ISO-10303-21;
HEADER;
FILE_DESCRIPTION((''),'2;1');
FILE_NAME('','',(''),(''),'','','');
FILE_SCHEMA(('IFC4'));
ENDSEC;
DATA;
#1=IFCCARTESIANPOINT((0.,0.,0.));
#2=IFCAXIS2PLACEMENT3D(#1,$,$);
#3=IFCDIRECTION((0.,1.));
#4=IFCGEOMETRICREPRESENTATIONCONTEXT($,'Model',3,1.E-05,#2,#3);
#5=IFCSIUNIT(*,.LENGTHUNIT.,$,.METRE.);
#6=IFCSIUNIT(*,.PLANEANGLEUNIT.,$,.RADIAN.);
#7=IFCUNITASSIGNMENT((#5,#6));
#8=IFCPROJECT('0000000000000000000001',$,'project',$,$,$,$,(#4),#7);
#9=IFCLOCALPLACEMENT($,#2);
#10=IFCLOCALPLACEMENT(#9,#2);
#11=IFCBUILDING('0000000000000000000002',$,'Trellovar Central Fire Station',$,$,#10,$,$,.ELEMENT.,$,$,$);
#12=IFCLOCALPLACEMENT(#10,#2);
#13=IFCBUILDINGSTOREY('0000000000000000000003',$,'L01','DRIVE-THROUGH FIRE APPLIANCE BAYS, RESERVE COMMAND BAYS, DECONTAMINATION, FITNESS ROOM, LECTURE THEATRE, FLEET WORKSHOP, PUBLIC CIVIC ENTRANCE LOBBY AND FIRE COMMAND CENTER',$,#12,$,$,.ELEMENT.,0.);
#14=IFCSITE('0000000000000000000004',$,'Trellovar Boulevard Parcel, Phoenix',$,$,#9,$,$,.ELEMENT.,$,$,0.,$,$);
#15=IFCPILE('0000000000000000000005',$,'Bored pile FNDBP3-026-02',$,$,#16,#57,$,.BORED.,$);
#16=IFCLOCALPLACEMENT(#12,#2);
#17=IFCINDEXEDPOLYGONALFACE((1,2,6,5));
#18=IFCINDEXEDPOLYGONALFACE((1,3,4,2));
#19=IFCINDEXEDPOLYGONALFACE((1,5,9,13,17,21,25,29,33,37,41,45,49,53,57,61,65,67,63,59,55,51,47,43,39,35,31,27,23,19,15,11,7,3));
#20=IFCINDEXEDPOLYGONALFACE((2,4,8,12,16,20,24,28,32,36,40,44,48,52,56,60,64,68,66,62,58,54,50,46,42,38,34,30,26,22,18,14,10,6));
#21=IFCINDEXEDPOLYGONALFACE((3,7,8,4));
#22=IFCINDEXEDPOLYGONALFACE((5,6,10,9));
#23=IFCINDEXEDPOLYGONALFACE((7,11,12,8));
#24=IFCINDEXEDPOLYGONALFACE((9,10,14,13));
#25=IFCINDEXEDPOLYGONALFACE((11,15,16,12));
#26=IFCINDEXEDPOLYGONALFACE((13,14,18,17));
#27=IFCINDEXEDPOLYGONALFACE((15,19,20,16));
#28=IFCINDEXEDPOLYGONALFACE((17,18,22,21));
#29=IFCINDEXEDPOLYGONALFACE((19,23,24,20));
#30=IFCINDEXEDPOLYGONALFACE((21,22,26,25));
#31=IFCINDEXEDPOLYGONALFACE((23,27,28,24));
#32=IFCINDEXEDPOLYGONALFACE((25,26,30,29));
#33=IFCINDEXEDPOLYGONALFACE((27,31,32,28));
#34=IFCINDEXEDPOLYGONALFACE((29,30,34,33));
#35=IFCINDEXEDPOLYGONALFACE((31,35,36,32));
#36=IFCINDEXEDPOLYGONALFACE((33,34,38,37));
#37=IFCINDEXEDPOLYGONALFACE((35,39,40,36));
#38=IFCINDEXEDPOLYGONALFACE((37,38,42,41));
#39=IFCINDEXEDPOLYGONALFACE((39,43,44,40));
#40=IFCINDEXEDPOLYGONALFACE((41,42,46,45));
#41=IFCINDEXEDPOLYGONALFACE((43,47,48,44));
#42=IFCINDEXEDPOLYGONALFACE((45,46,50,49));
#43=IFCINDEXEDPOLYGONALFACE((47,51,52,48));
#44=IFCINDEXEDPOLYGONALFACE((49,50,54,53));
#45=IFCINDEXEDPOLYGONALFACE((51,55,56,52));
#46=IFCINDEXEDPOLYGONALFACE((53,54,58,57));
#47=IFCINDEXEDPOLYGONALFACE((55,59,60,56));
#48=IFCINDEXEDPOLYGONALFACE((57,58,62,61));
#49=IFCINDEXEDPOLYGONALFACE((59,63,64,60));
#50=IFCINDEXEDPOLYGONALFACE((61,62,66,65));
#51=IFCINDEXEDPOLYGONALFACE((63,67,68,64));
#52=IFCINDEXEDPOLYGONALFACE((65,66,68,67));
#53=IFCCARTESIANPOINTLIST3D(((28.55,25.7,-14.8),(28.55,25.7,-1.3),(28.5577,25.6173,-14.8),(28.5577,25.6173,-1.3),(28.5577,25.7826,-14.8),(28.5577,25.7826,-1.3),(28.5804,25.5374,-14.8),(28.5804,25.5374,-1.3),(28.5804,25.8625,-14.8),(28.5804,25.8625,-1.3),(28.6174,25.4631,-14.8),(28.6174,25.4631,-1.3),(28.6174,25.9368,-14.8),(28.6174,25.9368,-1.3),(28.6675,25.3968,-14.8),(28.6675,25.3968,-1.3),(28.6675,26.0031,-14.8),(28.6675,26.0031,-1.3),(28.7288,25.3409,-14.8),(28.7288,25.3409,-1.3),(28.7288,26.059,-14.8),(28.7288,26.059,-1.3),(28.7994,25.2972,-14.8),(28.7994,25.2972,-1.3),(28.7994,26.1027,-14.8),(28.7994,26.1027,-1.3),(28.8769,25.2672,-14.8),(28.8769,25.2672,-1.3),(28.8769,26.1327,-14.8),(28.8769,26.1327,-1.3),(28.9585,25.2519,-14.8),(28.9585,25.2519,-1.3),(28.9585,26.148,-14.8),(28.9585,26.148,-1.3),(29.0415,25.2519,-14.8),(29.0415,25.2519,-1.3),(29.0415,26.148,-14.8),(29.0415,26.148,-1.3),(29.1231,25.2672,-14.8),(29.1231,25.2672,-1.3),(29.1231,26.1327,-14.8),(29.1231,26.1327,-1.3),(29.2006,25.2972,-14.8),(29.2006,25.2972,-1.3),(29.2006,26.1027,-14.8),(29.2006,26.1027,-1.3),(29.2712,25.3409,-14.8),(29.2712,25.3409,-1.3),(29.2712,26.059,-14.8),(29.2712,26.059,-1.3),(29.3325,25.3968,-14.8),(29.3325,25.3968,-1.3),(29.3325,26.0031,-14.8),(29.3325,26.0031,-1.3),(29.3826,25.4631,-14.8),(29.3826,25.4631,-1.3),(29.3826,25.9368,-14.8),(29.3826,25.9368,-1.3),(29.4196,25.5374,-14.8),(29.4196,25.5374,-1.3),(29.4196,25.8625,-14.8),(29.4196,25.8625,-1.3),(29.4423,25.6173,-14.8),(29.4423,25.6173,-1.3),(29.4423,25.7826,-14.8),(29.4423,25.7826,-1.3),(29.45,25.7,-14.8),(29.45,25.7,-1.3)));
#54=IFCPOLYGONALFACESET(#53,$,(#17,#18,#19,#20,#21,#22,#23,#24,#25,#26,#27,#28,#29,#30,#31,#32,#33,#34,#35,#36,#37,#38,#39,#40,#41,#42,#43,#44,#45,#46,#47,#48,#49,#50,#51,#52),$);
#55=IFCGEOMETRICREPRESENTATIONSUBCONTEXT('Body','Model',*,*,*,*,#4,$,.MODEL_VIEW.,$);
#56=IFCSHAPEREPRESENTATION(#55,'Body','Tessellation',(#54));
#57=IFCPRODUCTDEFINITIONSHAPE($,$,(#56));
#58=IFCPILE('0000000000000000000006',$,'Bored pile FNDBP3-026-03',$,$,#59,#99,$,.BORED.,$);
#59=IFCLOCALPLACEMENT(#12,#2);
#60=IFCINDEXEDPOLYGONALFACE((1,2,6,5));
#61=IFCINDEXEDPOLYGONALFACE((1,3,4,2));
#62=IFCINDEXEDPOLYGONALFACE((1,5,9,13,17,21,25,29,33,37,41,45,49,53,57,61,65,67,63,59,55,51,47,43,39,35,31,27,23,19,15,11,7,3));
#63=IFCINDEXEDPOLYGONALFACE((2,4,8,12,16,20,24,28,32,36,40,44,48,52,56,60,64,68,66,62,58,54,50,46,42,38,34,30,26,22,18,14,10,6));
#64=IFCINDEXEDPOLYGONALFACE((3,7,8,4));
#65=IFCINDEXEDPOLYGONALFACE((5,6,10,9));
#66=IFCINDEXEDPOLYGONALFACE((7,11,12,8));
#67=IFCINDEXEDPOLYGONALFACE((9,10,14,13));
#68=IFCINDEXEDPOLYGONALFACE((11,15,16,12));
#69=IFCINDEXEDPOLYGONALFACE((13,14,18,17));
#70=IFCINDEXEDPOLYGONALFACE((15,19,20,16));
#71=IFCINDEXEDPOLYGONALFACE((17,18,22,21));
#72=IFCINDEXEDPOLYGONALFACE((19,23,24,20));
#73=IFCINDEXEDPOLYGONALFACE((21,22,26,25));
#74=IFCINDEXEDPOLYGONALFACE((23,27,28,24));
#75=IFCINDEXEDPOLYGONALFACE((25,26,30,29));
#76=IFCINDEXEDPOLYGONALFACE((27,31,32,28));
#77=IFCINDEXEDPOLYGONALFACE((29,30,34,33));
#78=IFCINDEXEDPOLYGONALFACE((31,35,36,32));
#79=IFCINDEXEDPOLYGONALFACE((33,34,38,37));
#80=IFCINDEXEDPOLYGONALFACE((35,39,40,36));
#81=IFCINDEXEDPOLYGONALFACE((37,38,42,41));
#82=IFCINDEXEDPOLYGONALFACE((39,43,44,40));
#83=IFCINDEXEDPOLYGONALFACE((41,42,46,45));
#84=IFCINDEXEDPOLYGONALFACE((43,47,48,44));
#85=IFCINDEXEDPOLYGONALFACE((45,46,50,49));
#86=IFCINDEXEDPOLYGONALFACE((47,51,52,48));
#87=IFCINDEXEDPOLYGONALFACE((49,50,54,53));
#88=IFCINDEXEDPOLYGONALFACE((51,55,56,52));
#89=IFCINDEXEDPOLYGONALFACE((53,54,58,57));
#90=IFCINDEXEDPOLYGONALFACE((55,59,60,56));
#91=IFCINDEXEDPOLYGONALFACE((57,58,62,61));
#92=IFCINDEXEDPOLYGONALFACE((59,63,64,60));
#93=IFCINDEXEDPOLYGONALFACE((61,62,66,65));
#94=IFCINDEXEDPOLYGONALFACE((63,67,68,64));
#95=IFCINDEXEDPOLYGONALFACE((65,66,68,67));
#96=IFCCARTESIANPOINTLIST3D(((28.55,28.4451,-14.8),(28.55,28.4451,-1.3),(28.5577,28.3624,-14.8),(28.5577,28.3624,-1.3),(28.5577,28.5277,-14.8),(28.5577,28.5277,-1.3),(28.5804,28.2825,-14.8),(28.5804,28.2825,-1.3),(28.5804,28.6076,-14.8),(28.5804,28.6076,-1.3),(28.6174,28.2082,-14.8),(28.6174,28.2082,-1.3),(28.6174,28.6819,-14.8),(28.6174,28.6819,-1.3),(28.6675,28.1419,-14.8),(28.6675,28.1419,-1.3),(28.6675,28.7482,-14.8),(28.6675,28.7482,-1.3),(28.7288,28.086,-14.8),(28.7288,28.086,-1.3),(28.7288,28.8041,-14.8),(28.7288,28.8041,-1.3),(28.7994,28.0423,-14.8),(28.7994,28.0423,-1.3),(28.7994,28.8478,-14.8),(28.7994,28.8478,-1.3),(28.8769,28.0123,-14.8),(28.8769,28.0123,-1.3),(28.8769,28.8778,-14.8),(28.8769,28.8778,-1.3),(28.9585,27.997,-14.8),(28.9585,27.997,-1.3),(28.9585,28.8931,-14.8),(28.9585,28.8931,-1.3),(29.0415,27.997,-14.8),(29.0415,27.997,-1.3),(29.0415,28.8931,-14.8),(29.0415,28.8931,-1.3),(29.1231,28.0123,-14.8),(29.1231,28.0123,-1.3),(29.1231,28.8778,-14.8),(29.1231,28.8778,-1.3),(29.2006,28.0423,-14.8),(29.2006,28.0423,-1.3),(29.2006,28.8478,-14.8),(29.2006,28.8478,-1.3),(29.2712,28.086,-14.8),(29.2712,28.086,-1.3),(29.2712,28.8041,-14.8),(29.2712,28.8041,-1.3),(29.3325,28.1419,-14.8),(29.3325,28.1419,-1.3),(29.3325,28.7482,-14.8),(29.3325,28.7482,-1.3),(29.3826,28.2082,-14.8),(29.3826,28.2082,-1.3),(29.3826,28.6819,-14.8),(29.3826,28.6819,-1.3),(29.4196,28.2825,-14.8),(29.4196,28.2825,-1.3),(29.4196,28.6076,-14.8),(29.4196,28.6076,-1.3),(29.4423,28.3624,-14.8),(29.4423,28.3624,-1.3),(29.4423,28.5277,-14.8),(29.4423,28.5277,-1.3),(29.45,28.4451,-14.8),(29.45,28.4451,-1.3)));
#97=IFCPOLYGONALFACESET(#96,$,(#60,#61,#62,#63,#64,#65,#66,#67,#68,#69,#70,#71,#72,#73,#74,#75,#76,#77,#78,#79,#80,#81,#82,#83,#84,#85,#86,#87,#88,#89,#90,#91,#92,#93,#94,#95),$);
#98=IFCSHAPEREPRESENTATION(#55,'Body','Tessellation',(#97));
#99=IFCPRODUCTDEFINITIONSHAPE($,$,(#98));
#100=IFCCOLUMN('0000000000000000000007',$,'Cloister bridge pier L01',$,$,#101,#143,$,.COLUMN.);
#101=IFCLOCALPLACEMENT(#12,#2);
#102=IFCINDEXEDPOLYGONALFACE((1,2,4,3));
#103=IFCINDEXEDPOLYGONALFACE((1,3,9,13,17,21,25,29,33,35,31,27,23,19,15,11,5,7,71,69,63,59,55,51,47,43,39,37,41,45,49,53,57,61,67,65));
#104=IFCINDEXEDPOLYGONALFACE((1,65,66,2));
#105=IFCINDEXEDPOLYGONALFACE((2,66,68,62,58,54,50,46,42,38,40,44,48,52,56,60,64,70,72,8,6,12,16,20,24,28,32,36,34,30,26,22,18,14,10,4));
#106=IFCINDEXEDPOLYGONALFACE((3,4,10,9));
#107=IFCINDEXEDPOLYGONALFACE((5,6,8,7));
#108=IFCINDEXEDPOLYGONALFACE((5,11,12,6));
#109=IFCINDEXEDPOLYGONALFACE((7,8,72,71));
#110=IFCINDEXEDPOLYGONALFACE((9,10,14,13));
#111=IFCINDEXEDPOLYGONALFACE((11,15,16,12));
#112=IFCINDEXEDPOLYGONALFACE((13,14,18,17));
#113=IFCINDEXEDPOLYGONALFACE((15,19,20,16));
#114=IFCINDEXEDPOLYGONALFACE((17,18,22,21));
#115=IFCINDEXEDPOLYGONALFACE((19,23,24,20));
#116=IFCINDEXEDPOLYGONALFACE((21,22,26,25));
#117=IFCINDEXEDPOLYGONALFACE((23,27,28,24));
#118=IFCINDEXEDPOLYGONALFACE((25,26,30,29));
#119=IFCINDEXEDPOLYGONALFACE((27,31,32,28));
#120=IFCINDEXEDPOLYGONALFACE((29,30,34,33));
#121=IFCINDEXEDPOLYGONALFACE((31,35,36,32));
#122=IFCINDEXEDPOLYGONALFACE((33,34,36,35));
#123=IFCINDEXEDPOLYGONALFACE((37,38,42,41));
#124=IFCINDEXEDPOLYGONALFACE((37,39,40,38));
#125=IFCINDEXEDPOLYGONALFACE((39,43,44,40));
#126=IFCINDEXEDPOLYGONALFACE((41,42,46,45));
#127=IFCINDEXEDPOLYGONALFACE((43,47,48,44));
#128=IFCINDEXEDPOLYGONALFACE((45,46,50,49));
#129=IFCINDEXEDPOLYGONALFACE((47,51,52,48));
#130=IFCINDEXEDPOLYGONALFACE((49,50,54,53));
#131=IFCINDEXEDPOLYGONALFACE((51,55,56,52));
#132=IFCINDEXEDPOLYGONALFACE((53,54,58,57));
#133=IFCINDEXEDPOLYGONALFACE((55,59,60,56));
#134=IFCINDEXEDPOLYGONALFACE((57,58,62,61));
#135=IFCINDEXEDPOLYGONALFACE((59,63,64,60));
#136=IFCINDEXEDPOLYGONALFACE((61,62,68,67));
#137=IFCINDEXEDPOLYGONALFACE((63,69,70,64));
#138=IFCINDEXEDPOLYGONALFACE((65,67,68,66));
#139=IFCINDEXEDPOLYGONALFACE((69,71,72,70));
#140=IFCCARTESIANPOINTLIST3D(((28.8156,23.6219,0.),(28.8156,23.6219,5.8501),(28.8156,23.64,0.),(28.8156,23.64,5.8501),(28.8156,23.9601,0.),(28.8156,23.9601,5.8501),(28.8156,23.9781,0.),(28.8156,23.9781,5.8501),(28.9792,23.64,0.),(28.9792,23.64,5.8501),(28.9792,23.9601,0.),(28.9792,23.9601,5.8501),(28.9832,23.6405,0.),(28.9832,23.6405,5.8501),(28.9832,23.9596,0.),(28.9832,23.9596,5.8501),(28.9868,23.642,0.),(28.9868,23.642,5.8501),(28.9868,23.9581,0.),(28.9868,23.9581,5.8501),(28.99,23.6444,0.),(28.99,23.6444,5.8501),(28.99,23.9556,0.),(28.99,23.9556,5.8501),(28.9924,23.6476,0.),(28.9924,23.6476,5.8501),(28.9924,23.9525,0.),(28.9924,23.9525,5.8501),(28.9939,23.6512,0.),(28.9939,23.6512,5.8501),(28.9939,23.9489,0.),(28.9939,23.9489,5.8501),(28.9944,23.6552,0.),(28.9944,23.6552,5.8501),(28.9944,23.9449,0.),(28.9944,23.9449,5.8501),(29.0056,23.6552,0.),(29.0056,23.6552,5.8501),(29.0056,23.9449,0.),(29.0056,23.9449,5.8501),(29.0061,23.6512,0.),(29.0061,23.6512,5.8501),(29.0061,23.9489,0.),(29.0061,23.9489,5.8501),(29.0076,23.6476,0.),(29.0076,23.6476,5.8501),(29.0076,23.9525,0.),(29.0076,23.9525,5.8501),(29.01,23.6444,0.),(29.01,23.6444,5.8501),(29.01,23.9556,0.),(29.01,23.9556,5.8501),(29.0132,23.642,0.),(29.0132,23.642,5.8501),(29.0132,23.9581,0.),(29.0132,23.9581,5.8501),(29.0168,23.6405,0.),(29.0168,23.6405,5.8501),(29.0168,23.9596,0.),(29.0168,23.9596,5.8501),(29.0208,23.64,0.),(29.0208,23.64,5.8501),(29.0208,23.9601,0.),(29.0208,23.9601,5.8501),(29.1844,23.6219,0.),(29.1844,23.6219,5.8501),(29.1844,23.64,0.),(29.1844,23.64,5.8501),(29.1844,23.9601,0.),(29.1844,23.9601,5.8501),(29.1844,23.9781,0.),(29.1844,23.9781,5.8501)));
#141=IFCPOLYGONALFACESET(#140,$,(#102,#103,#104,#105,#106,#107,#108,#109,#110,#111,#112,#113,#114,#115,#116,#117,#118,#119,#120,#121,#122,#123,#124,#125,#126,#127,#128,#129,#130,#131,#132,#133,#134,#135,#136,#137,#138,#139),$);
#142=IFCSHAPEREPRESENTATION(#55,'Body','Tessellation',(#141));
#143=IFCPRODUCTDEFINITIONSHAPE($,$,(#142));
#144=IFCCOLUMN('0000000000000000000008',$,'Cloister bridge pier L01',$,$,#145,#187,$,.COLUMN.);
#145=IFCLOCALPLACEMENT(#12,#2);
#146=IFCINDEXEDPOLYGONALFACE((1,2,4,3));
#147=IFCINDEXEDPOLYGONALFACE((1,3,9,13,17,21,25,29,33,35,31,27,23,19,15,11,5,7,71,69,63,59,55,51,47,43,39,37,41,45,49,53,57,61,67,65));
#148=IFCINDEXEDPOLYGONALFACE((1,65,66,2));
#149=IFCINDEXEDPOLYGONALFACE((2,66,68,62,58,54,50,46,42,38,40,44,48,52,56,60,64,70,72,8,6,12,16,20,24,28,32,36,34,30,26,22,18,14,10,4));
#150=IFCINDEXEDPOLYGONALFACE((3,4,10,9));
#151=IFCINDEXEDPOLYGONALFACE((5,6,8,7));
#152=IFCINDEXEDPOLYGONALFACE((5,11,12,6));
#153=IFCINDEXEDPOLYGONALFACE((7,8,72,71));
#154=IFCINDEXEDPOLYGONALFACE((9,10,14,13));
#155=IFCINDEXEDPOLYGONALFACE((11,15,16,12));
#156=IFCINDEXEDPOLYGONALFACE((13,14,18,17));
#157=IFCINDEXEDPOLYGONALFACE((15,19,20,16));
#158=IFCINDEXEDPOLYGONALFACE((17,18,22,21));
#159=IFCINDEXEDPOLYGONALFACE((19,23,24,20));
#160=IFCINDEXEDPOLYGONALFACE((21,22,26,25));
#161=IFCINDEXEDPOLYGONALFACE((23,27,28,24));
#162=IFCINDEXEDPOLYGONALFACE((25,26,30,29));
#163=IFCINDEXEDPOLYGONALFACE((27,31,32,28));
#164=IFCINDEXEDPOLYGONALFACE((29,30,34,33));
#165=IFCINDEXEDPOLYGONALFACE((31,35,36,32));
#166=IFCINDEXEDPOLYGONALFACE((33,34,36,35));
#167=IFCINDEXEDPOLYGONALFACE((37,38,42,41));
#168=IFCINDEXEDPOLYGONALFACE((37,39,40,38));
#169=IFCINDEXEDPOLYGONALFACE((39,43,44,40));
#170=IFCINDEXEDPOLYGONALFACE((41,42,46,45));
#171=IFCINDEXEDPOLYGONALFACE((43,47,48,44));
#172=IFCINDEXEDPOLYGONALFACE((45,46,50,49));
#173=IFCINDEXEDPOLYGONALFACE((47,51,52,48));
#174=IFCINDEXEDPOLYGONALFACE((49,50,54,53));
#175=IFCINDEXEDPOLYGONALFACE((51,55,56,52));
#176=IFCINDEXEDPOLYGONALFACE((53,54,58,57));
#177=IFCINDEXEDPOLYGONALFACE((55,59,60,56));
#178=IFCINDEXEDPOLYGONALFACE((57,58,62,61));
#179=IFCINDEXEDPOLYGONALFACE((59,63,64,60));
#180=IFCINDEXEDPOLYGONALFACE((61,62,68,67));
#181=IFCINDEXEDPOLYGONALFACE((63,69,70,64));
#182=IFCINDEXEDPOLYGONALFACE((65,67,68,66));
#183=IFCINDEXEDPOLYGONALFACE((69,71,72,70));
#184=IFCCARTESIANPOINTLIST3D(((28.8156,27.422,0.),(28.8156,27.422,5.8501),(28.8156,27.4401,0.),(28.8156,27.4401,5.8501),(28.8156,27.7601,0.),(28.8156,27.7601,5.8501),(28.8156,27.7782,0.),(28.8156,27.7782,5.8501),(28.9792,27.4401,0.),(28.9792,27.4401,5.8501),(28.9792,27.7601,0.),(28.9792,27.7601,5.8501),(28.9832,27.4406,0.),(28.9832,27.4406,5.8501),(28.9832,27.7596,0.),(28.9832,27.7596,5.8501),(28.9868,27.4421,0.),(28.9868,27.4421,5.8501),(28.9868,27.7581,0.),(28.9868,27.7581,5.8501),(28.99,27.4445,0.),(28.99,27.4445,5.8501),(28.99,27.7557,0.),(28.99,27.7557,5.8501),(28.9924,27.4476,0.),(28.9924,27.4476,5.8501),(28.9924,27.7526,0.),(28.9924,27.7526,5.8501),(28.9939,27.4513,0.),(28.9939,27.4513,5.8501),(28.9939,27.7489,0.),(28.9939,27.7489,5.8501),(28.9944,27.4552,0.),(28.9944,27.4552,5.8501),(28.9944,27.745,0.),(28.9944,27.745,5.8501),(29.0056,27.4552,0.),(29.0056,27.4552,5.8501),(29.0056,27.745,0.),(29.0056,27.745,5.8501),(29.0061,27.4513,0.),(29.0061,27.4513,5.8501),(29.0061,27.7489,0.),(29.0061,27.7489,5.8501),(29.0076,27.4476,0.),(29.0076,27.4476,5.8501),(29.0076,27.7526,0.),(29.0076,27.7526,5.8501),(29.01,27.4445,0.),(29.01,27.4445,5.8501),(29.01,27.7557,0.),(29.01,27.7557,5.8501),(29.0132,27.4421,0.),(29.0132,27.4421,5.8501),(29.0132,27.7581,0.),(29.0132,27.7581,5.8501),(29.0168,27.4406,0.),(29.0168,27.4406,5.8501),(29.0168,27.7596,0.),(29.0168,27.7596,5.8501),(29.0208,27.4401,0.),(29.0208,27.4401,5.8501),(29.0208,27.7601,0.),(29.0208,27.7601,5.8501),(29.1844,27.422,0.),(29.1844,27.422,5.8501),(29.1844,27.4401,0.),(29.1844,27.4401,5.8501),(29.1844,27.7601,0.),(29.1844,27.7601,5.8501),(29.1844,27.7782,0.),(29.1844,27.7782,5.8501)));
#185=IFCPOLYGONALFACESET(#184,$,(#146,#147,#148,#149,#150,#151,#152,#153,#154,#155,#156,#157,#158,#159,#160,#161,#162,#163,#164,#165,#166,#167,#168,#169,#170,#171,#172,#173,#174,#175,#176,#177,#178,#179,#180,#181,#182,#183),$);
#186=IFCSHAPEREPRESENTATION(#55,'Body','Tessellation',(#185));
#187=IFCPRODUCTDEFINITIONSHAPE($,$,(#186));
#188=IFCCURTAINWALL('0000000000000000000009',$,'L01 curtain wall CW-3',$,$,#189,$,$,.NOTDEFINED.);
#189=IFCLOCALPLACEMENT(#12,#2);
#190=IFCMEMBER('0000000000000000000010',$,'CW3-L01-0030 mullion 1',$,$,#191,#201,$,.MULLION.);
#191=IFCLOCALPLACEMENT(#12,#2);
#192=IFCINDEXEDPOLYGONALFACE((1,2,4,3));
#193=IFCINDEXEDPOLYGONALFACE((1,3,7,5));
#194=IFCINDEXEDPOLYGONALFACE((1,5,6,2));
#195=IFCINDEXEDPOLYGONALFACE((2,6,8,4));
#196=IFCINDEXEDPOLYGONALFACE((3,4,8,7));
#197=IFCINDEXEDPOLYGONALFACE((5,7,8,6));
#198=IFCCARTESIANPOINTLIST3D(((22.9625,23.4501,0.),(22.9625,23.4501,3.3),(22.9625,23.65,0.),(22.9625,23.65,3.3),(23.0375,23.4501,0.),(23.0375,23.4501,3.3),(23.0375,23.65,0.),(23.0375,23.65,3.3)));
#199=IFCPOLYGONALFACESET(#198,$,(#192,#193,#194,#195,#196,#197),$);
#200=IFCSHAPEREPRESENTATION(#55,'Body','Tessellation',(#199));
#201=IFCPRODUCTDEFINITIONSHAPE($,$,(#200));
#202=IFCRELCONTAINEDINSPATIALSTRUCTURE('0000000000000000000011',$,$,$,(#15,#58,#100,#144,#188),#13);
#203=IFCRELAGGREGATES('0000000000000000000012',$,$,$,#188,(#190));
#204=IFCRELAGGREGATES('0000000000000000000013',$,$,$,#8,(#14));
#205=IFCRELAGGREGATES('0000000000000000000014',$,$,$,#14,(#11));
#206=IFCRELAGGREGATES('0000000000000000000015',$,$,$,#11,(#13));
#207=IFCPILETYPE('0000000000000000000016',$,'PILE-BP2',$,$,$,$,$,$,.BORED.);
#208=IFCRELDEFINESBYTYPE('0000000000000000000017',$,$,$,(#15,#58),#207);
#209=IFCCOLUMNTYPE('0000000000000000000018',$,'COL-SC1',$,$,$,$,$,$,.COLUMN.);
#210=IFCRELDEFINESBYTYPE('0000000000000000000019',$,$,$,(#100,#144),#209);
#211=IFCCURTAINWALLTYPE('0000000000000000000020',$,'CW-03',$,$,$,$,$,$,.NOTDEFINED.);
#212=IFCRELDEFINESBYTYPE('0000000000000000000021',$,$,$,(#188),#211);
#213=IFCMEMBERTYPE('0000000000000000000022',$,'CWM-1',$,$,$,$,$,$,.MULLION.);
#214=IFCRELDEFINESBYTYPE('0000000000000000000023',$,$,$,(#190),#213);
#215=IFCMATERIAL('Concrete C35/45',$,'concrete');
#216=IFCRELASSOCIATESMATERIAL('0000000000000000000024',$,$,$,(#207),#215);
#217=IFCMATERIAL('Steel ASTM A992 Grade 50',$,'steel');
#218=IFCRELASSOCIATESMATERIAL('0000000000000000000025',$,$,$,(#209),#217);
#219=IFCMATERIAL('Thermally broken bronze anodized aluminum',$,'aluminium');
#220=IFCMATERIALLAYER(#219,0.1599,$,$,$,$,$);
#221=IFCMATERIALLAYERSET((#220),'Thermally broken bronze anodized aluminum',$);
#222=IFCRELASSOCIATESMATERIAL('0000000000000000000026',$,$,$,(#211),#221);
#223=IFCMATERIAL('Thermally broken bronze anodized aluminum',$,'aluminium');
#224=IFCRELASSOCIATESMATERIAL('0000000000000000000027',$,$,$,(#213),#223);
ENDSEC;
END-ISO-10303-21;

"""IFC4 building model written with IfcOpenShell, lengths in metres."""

from ifc_helpers import new_model, si_unit, direction, frame, origin, origin_2d, place, context, subcontext, project, spatial, rectangle, circle, i_section, extrude, material, layer, layer_set, material_profile, profile_set, type_object, element, aggregate, save


model = new_model("IFC4")

# Units and contexts
model_context = context("Model", 3, precision=1e-05, world=origin(), true_north=direction((0.0, 1.0)))
body_context = subcontext(model_context, "Body", "Model", "MODEL_VIEW")
ifc_project = project(units=[si_unit("LENGTHUNIT", "METRE"), si_unit("PLANEANGLEUNIT", "RADIAN")], contexts=[model_context])

# Site, building, storey
site_placement = place(None, origin())
site = spatial("IfcSite", under=ifc_project, at=site_placement, Name="Trellovar Boulevard Parcel, Phoenix", CompositionType="ELEMENT", RefElevation=0.0)
building_placement = place(site_placement, origin())
building = spatial("IfcBuilding", under=site, at=building_placement, Name="Trellovar Central Fire Station", CompositionType="ELEMENT")
storey_placement = place(building_placement, origin())
storey = spatial("IfcBuildingStorey", under=building, at=storey_placement, Name="L01", Description="DRIVE-THROUGH FIRE APPLIANCE BAYS, RESERVE COMMAND BAYS, DECONTAMINATION, FITNESS ROOM, LECTURE THEATRE, FLEET WORKSHOP, PUBLIC CIVIC ENTRANCE LOBBY AND FIRE COMMAND CENTER", CompositionType="ELEMENT", Elevation=0.0)

# Piles
ifc_material_1 = material(Name="Concrete C35/45", Category="concrete")
ifc_material_profile_1 = material_profile(ifc_material_1, circle(Radius=0.45, at=origin_2d()), Name="PILE900")
ifc_profile_set_1 = profile_set([ifc_material_profile_1], Name="Concrete C35/45")
pile_type = type_object("IfcPileType", Name="PILE-BP2", PredefinedType="BORED", material=ifc_profile_set_1)
for number, where, z_axis, x_axis, name in (
    (1, (29.0, 25.7, -1.3), (0.0, 0.0, -1.0), (1.0, 0.0, 0.0), "Bored pile FNDBP3-026-02"),
    (2, (29.0, 28.4451, -1.3), (0.0, 0.0, -1.0), (1.0, 0.0, 0.0), "Bored pile FNDBP3-026-03"),
):
    element("IfcPile", number, at=place(storey_placement, frame(where, z_axis=z_axis, x_axis=x_axis)), inside=storey, type_object=pile_type, Name=name, PredefinedType="BORED", context=body_context, shape_type="SweptSolid", body=[
        extrude(circle(Radius=0.45, at=origin_2d()), origin(), (0.0, 0.0, 1.0), 13.5),
    ])

# Columns
ifc_material_2 = material(Name="Steel ASTM A992 Grade 50", Category="steel")
ifc_material_profile_2 = material_profile(ifc_material_2, i_section(OverallWidth=0.3689, OverallDepth=0.3562, WebThickness=0.0112, FlangeThickness=0.0181, FilletRadius=0.0151, at=origin_2d()), Name="W14X90")
ifc_profile_set_2 = profile_set([ifc_material_profile_2], Name="Steel ASTM A992 Grade 50")
column_type = type_object("IfcColumnType", Name="COL-SC1", PredefinedType="COLUMN", material=ifc_profile_set_2)
for number, where, z_axis, x_axis, name in (
    (3, (29.0, 23.8, 0.0), (0.0, 0.0, 1.0), (1.0, 0.0, 0.0), "Cloister bridge pier L01"),
    (4, (29.0, 27.6001, 0.0), (0.0, 0.0, 1.0), (1.0, 0.0, 0.0), "Cloister bridge pier L01"),
):
    element("IfcColumn", number, at=place(storey_placement, frame(where, z_axis=z_axis, x_axis=x_axis)), inside=storey, type_object=column_type, Name=name, PredefinedType="COLUMN", context=body_context, shape_type="SweptSolid", body=[
        extrude(i_section(OverallWidth=0.3689, OverallDepth=0.3562, WebThickness=0.0112, FlangeThickness=0.0181, FilletRadius=0.0151, at=origin_2d()), origin(), (0.0, 0.0, 1.0), 5.8501),
    ])

# Curtain wall, member
ifc_material_3 = material(Name="Thermally broken bronze anodized aluminum", Category="aluminium")
ifc_layer_1 = layer(ifc_material_3, 0.1599)
ifc_layer_set_1 = layer_set([ifc_layer_1], Name="Thermally broken bronze anodized aluminum")
curtain_wall_type = type_object("IfcCurtainWallType", Name="CW-03", PredefinedType="NOTDEFINED", material=ifc_layer_set_1)
curtain_wall_1_placement = place(storey_placement, origin())
curtain_wall_1 = element("IfcCurtainWall", 5, at=curtain_wall_1_placement, inside=storey, type_object=curtain_wall_type, Name="L01 curtain wall CW-3", PredefinedType="NOTDEFINED")
ifc_material_4 = material(Name="Thermally broken bronze anodized aluminum", Category="aluminium")
ifc_material_profile_3 = material_profile(ifc_material_4, rectangle(XDim=0.075, YDim=0.2, at=origin_2d()), Name="ALU75X200")
ifc_profile_set_3 = profile_set([ifc_material_profile_3], Name="Thermally broken bronze anodized aluminum")
member_type_1 = type_object("IfcMemberType", Name="CWM-1", PredefinedType="MULLION", material=ifc_profile_set_3)
member_1_placement = place(storey_placement, frame((23.0, 23.55, 0.0), z_axis=(0.0, 0.0, 1.0), x_axis=(1.0, 0.0, 0.0)))
member_1 = element("IfcMember", 6, at=member_1_placement, type_object=member_type_1, Name="CW3-L01-0030 mullion 1", PredefinedType="MULLION", context=body_context, shape_type="SweptSolid", body=[
    extrude(rectangle(XDim=0.075, YDim=0.2, at=origin_2d()), origin(), (0.0, 0.0, 1.0), 3.3),
])

aggregate(curtain_wall_1, [member_1])

save(model, "model.ifc")
